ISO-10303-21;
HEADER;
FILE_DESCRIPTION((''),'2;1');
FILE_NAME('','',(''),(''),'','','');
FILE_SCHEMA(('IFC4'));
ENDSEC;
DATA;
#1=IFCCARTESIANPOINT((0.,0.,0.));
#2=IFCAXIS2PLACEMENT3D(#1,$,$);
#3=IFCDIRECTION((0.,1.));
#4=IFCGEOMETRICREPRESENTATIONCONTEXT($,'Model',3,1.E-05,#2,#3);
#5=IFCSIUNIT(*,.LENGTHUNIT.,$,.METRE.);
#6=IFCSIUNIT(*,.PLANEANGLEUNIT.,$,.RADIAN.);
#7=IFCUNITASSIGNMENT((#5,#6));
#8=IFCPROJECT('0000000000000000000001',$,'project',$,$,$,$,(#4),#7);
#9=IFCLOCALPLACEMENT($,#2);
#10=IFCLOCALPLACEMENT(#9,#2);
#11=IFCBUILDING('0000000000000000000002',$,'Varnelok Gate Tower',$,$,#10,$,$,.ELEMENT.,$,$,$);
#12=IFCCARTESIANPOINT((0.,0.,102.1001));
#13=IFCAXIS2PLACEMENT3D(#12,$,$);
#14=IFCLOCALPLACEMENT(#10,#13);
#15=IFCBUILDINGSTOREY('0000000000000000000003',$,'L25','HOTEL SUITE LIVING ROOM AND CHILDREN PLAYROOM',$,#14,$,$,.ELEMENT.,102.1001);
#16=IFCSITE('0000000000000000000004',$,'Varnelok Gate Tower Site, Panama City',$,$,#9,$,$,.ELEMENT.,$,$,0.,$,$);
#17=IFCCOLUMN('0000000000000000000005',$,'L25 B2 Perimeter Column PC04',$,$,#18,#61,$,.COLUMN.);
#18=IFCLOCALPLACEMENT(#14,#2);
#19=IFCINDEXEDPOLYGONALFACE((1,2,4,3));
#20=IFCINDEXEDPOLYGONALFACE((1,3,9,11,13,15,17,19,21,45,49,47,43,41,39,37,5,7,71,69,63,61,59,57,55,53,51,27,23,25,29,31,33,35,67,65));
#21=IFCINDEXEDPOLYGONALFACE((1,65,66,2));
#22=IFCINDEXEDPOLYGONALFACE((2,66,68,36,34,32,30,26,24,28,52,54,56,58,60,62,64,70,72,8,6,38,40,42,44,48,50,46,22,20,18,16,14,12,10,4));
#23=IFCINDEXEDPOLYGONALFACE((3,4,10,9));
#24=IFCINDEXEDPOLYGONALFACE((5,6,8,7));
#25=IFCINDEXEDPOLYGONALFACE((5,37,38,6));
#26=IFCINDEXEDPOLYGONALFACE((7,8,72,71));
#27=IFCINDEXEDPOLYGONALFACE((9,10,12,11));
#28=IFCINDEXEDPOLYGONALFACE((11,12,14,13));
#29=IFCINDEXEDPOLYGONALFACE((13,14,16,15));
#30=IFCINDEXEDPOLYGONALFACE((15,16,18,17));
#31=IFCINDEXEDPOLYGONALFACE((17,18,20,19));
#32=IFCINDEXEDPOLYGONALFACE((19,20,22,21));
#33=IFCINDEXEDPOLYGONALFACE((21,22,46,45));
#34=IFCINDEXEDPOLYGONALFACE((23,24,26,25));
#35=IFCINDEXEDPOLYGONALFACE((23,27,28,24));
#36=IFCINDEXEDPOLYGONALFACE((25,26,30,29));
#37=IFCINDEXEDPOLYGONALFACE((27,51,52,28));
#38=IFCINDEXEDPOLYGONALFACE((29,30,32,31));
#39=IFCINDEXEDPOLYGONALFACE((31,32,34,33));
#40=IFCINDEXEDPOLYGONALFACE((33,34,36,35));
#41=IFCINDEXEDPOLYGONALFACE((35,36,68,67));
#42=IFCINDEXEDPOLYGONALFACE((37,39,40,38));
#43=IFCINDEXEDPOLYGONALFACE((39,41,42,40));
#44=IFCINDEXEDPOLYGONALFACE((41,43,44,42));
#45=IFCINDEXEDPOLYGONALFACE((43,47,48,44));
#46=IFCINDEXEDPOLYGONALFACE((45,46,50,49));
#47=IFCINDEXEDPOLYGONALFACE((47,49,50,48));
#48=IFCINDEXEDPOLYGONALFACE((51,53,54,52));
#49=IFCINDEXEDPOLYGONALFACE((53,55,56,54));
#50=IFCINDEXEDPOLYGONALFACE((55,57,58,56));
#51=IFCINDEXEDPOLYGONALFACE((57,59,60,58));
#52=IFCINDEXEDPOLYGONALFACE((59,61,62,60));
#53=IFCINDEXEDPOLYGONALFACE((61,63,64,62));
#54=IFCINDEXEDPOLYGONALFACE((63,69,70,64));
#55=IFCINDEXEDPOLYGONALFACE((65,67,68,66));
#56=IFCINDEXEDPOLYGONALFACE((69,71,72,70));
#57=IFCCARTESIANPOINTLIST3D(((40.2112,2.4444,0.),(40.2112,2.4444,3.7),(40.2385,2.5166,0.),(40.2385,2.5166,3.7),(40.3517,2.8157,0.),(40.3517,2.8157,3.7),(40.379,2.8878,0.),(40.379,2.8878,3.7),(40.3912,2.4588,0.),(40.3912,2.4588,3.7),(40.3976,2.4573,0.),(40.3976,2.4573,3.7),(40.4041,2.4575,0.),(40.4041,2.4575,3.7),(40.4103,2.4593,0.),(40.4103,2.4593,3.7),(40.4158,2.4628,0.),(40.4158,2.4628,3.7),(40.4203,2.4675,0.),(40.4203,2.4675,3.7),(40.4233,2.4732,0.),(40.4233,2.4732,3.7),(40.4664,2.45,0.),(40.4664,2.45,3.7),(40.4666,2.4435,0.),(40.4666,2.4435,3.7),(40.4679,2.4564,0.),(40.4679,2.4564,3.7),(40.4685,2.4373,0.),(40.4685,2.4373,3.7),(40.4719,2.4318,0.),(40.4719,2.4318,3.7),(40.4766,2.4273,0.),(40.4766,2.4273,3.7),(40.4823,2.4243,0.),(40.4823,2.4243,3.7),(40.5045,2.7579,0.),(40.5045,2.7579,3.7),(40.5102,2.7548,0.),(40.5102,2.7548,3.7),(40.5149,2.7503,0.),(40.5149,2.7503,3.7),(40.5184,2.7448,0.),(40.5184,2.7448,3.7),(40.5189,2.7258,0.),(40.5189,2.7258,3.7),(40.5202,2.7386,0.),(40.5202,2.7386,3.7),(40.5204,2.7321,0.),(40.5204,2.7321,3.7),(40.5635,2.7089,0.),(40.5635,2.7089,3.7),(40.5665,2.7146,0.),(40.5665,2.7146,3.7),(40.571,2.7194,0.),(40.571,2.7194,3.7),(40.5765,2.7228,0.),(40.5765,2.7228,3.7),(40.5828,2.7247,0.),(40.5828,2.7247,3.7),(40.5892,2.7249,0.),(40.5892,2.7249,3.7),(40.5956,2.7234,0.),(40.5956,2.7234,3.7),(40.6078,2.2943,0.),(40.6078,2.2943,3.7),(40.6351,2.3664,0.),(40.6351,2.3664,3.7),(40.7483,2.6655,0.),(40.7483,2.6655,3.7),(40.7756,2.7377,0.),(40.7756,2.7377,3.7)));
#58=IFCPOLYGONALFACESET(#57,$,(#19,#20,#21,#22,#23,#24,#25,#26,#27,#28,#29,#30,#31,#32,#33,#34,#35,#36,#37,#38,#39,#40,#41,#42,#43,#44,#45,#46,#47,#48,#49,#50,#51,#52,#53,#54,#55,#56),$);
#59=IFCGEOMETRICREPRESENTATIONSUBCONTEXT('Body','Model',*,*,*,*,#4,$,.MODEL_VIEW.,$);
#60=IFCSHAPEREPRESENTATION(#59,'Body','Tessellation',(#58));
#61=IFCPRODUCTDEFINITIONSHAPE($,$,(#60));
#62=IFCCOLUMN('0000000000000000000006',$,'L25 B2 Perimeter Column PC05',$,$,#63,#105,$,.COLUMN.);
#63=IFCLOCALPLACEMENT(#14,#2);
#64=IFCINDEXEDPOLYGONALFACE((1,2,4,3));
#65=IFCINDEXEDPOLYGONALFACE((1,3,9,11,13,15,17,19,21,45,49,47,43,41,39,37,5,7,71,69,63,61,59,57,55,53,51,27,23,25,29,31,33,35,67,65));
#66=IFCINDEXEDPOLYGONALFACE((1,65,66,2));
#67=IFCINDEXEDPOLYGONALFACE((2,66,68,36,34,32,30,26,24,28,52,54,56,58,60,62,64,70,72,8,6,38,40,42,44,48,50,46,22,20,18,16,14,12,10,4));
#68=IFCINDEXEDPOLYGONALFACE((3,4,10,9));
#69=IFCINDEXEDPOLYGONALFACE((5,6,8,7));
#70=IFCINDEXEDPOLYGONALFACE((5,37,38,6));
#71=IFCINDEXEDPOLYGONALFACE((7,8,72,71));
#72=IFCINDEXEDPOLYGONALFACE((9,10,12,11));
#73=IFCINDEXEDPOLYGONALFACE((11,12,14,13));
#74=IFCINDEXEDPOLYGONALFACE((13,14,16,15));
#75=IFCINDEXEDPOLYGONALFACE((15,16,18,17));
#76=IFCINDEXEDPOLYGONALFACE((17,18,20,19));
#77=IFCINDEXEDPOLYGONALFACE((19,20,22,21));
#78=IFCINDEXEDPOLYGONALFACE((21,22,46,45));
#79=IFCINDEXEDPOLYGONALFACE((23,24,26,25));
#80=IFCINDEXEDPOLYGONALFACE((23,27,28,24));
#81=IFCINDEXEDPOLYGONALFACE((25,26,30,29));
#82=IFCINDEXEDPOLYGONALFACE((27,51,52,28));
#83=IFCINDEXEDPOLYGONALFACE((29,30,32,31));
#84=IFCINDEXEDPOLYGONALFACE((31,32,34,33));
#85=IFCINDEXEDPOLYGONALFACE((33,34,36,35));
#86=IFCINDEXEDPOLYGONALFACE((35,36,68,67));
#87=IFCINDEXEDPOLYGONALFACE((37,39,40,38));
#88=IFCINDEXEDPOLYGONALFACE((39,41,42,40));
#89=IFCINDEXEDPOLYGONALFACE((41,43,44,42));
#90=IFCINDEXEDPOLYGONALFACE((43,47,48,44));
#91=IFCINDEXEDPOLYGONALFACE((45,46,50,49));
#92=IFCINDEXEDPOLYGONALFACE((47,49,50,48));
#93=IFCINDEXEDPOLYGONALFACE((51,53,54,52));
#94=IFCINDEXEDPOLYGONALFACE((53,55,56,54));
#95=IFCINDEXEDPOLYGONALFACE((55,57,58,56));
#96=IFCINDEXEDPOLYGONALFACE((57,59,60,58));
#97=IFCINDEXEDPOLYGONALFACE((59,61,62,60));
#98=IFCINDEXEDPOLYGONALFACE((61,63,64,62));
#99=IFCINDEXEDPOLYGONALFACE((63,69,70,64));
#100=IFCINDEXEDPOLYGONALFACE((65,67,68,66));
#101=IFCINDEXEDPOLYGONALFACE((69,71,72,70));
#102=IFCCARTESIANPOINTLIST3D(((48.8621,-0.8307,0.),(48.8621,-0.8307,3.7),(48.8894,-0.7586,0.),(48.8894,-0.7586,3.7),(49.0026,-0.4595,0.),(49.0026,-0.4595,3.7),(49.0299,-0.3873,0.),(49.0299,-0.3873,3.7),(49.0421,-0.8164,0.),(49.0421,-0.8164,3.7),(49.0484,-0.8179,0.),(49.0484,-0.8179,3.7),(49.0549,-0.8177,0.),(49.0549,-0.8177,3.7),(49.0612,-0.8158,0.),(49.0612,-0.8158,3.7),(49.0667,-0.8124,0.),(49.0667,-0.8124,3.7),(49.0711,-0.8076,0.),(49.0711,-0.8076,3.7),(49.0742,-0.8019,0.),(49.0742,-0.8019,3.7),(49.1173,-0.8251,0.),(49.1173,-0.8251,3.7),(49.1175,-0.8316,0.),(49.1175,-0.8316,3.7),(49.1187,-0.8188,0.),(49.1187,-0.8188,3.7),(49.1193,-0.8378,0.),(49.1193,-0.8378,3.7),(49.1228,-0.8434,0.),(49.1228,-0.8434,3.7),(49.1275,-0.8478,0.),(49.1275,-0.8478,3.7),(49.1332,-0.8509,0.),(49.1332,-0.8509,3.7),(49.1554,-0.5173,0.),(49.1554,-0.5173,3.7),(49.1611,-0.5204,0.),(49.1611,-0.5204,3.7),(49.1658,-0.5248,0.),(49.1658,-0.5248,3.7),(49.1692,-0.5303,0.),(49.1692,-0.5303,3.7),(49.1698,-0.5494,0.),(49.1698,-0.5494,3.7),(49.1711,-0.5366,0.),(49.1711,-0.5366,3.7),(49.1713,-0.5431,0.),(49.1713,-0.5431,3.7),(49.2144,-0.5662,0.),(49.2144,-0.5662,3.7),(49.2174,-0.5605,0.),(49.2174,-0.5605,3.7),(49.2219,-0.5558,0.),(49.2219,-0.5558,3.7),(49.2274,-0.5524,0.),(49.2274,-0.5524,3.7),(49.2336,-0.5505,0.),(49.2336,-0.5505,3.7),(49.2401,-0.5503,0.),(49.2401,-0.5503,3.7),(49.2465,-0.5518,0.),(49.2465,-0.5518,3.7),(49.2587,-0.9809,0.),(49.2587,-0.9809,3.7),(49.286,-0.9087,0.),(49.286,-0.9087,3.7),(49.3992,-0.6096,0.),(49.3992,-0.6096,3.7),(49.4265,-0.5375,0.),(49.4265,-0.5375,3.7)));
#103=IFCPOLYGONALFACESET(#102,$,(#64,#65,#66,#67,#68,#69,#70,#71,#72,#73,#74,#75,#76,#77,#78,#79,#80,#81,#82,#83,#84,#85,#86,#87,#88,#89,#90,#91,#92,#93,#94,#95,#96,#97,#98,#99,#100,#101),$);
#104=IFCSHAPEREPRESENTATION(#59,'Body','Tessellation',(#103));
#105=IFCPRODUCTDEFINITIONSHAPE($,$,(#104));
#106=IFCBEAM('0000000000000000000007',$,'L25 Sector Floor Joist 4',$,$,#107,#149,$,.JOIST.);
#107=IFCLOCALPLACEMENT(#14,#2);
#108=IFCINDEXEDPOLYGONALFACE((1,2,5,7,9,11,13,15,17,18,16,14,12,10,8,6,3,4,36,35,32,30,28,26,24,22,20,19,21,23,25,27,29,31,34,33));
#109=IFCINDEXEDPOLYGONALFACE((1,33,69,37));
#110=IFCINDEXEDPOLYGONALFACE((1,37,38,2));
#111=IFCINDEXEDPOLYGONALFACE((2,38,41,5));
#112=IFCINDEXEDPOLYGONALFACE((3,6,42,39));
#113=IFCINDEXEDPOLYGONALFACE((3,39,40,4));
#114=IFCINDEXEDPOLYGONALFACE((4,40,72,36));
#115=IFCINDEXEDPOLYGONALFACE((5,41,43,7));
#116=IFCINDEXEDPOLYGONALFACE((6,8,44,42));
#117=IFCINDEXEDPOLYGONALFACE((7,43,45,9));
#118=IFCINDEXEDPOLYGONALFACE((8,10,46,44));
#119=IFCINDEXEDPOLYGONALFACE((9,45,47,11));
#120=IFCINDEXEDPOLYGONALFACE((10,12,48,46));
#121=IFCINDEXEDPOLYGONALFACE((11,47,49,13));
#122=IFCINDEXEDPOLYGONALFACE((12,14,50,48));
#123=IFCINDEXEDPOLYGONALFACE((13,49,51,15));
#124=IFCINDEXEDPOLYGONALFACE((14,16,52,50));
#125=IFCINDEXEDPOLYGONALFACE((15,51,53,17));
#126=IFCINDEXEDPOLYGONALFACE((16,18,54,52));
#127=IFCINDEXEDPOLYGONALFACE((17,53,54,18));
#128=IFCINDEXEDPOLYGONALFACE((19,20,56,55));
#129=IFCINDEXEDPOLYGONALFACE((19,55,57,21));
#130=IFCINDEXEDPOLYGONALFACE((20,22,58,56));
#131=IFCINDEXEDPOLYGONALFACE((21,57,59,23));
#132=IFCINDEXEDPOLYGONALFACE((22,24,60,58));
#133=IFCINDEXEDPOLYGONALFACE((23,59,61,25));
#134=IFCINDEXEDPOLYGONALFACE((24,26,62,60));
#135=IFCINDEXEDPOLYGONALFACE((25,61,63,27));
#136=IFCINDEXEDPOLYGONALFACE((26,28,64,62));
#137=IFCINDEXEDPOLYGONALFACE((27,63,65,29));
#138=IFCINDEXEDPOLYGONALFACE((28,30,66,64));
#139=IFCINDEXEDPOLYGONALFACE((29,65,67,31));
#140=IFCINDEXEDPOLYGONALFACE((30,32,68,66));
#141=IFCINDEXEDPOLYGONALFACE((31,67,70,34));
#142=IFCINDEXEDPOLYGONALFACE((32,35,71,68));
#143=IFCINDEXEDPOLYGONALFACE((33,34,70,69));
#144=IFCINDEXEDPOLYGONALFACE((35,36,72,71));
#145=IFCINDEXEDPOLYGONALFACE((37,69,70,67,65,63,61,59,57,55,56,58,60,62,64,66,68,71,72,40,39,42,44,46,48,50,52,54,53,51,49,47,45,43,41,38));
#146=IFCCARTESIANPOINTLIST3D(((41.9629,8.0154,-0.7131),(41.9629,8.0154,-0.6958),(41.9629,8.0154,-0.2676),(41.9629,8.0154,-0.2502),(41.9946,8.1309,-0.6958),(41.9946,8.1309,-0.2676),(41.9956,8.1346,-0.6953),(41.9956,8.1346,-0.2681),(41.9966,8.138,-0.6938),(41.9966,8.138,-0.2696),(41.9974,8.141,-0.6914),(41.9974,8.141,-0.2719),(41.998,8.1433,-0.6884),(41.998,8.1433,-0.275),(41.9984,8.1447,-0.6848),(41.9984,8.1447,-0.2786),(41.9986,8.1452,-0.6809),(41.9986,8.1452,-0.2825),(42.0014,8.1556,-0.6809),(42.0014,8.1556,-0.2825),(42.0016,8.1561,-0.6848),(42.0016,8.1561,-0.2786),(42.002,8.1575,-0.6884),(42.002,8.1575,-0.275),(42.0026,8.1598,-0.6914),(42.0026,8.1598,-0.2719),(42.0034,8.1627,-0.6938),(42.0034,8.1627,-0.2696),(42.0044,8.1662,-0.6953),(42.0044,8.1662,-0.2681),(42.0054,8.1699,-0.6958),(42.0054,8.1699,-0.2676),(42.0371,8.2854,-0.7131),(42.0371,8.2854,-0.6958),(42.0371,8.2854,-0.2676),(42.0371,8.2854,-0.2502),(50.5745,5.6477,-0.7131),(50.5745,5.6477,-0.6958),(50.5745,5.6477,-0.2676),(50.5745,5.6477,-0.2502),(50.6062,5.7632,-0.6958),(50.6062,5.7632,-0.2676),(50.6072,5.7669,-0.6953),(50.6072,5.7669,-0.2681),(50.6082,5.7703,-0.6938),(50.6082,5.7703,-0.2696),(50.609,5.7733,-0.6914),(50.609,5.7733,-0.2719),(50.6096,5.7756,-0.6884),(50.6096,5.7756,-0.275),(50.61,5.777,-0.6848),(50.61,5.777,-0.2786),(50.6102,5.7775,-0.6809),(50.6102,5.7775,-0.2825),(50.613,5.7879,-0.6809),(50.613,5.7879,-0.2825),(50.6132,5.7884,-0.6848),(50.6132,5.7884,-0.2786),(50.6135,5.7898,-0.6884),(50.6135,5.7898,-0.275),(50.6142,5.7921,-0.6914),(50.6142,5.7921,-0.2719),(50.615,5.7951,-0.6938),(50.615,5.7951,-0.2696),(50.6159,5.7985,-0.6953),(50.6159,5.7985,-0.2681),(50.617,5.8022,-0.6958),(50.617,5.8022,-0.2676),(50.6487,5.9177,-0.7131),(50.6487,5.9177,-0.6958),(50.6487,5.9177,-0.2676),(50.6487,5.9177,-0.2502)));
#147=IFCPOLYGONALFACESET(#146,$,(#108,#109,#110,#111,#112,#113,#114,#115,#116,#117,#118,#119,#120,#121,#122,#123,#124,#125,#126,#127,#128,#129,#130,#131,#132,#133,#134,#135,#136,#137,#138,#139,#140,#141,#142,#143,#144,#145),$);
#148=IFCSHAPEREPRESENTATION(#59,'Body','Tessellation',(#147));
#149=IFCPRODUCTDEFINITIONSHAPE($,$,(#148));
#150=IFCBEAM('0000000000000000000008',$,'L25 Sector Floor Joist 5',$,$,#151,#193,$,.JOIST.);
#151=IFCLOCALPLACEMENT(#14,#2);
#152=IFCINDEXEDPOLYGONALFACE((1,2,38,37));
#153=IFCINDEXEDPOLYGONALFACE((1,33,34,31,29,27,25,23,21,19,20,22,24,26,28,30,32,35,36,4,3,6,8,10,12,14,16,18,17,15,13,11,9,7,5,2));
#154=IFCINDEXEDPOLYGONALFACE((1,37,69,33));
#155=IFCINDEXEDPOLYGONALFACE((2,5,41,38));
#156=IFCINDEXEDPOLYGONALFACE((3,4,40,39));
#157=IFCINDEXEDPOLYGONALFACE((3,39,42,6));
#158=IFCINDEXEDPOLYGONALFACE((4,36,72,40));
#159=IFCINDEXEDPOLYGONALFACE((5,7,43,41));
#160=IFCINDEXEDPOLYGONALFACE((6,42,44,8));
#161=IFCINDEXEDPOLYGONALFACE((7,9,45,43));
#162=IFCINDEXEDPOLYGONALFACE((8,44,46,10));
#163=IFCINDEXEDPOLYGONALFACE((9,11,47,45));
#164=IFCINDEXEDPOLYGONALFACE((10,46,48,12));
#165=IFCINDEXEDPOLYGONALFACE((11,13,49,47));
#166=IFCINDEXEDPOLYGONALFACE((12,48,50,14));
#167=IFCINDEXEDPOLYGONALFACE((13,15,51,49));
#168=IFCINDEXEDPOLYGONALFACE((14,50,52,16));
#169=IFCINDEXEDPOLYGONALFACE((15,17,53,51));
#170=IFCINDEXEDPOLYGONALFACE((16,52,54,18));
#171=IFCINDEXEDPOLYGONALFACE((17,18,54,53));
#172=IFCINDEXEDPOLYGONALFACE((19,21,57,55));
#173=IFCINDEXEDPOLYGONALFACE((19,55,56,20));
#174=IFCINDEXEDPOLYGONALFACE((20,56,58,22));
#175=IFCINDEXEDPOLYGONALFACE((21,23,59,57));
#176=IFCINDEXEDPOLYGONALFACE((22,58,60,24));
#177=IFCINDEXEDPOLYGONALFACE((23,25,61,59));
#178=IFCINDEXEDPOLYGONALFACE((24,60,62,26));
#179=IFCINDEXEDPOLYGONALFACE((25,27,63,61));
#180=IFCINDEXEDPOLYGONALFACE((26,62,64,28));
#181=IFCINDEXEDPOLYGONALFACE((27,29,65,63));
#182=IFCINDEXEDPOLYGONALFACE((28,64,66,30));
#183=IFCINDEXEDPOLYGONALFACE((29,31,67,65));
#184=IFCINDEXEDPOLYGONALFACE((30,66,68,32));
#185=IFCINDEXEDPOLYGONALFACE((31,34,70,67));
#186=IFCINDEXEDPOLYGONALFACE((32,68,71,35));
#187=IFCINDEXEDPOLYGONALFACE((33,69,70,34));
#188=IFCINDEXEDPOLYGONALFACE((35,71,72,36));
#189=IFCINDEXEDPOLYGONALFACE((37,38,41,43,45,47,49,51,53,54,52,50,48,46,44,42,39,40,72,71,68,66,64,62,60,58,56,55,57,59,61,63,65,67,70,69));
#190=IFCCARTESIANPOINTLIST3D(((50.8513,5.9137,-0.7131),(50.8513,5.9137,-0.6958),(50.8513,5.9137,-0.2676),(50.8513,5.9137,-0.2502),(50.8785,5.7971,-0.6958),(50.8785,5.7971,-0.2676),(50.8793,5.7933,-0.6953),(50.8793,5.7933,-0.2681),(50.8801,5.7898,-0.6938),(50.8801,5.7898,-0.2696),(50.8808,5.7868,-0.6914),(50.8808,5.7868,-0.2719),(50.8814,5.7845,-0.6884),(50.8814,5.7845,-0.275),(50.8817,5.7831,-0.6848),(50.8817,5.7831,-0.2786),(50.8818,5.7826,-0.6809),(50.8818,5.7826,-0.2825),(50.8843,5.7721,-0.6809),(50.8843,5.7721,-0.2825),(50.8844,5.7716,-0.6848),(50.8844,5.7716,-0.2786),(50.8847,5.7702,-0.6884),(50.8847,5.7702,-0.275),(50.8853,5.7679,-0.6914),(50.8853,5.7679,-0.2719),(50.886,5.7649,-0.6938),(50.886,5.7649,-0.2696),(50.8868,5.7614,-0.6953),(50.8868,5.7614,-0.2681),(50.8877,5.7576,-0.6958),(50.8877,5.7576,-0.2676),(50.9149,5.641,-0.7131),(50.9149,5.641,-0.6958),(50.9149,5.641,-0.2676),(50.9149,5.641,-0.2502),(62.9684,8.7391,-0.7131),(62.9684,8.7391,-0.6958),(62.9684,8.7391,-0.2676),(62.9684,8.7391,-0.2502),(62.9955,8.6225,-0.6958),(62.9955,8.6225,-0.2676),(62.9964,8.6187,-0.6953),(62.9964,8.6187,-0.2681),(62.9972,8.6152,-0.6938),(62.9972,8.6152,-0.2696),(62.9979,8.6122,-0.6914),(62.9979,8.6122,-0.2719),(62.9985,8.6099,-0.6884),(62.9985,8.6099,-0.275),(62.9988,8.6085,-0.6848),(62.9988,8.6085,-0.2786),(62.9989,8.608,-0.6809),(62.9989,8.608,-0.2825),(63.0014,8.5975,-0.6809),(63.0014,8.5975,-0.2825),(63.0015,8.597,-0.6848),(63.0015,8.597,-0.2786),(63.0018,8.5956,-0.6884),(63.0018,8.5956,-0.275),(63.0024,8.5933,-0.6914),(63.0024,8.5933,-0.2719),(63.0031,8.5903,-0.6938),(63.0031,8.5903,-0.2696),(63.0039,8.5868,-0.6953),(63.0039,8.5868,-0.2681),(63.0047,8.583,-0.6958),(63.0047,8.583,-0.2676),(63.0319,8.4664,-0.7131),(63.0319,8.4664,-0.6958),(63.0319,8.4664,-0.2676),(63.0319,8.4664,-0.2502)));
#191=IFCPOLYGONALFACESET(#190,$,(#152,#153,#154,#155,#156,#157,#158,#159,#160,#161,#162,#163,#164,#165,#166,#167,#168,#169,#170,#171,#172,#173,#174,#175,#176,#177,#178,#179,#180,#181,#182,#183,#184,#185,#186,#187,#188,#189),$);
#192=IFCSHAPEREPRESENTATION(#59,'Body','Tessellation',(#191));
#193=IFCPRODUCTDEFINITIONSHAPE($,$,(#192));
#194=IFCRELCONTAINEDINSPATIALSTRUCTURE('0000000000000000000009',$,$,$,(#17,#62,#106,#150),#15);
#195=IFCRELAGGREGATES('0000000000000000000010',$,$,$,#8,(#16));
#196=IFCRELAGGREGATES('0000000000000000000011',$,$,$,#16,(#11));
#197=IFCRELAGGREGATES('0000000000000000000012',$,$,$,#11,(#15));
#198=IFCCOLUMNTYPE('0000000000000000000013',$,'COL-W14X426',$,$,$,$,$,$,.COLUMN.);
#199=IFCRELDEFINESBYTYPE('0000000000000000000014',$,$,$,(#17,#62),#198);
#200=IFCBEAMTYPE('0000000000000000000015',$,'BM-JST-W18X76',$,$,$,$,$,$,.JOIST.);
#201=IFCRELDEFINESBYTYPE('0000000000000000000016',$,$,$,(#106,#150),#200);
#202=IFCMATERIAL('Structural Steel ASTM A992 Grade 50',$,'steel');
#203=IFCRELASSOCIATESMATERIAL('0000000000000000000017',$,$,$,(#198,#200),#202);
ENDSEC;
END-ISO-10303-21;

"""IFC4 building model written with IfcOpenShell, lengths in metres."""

from ifc_helpers import new_model, si_unit, direction, frame, origin, origin_2d, place, context, subcontext, project, spatial, i_section, extrude, material, material_profile, profile_set, type_object, element, save


model = new_model("IFC4")

# Units and contexts
model_context = context("Model", 3, precision=1e-05, world=origin(), true_north=direction((0.0, 1.0)))
body_context = subcontext(model_context, "Body", "Model", "MODEL_VIEW")
ifc_project = project(units=[si_unit("LENGTHUNIT", "METRE"), si_unit("PLANEANGLEUNIT", "RADIAN")], contexts=[model_context])

# Site, building, storey
site_placement = place(None, origin())
site = spatial("IfcSite", under=ifc_project, at=site_placement, Name="Varnelok Gate Tower Site, Panama City", CompositionType="ELEMENT", RefElevation=0.0)
building_placement = place(site_placement, origin())
building = spatial("IfcBuilding", under=site, at=building_placement, Name="Varnelok Gate Tower", CompositionType="ELEMENT")
storey_placement = place(building_placement, frame((0.0, 0.0, 102.1001)))
storey = spatial("IfcBuildingStorey", under=building, at=storey_placement, Name="L25", Description="HOTEL SUITE LIVING ROOM AND CHILDREN PLAYROOM", CompositionType="ELEMENT", Elevation=102.1001)

# Columns
ifc_material_1 = material(Name="Structural Steel ASTM A992 Grade 50", Category="steel")
ifc_material_profile_1 = material_profile(ifc_material_1, i_section(OverallWidth=0.4241, OverallDepth=0.4741, WebThickness=0.0476, FlangeThickness=0.0771, FilletRadius=0.0249, at=origin_2d()), Name="W14X426")
ifc_profile_set_1 = profile_set([ifc_material_profile_1], Name="Structural Steel ASTM A992 Grade 50")
column_type = type_object("IfcColumnType", Name="COL-W14X426", PredefinedType="COLUMN", material=ifc_profile_set_1)
for number, where, z_axis, x_axis, name in (
    (1, (40.4934, 2.5911, 0.0), (0.0, 0.0, 1.0), (0.935222, -0.354063, 0.0), "L25 B2 Perimeter Column PC04"),
    (2, (49.1443, -0.6841, 0.0), (0.0, 0.0, 1.0), (0.935222, -0.354063, 0.0), "L25 B2 Perimeter Column PC05"),
):
    element("IfcColumn", number, at=place(storey_placement, frame(where, z_axis=z_axis, x_axis=x_axis)), inside=storey, type_object=column_type, Name=name, PredefinedType="COLUMN", context=body_context, shape_type="SweptSolid", body=[
        extrude(i_section(OverallWidth=0.4241, OverallDepth=0.4741, WebThickness=0.0476, FlangeThickness=0.0771, FilletRadius=0.0249, at=origin_2d()), origin(), (0.0, 0.0, 1.0), 3.7),
    ])

# Beams
ifc_material_profile_2 = material_profile(ifc_material_1, i_section(OverallWidth=0.28, OverallDepth=0.4629, WebThickness=0.0107, FlangeThickness=0.0173, FilletRadius=0.0149, at=origin_2d()), Name="W18X76")
ifc_profile_set_2 = profile_set([ifc_material_profile_2], Name="Structural Steel ASTM A992 Grade 50")
beam_type_1 = type_object("IfcBeamType", Name="BM-JST-W18X76", PredefinedType="JOIST", material=ifc_profile_set_2)
beam_1_placement = place(storey_placement, frame((42.0, 8.1504, -0.4817), z_axis=(0.96422, -0.265104, 0.0), x_axis=(0.265104, 0.96422, 0.0)))
element("IfcBeam", 3, at=beam_1_placement, inside=storey, type_object=beam_type_1, Name="L25 Sector Floor Joist 4", PredefinedType="JOIST", context=body_context, shape_type="SweptSolid", body=[
    extrude(i_section(OverallWidth=0.28, OverallDepth=0.4629, WebThickness=0.0107, FlangeThickness=0.0173, FilletRadius=0.0149, at=origin_2d()), origin(), (0.0, 0.0, 1.0), 8.9312),
])
beam_2_placement = place(storey_placement, frame((50.8831, 5.7773, -0.4817), z_axis=(0.973875, 0.227084, 0.0), x_axis=(-0.227084, 0.973875, 0.0)))
element("IfcBeam", 4, at=beam_2_placement, inside=storey, type_object=beam_type_1, Name="L25 Sector Floor Joist 5", PredefinedType="JOIST", context=body_context, shape_type="SweptSolid", body=[
    extrude(i_section(OverallWidth=0.28, OverallDepth=0.4629, WebThickness=0.0107, FlangeThickness=0.0173, FilletRadius=0.0149, at=origin_2d()), origin(), (0.0, 0.0, 1.0), 12.4421),
])

save(model, "model.ifc")
